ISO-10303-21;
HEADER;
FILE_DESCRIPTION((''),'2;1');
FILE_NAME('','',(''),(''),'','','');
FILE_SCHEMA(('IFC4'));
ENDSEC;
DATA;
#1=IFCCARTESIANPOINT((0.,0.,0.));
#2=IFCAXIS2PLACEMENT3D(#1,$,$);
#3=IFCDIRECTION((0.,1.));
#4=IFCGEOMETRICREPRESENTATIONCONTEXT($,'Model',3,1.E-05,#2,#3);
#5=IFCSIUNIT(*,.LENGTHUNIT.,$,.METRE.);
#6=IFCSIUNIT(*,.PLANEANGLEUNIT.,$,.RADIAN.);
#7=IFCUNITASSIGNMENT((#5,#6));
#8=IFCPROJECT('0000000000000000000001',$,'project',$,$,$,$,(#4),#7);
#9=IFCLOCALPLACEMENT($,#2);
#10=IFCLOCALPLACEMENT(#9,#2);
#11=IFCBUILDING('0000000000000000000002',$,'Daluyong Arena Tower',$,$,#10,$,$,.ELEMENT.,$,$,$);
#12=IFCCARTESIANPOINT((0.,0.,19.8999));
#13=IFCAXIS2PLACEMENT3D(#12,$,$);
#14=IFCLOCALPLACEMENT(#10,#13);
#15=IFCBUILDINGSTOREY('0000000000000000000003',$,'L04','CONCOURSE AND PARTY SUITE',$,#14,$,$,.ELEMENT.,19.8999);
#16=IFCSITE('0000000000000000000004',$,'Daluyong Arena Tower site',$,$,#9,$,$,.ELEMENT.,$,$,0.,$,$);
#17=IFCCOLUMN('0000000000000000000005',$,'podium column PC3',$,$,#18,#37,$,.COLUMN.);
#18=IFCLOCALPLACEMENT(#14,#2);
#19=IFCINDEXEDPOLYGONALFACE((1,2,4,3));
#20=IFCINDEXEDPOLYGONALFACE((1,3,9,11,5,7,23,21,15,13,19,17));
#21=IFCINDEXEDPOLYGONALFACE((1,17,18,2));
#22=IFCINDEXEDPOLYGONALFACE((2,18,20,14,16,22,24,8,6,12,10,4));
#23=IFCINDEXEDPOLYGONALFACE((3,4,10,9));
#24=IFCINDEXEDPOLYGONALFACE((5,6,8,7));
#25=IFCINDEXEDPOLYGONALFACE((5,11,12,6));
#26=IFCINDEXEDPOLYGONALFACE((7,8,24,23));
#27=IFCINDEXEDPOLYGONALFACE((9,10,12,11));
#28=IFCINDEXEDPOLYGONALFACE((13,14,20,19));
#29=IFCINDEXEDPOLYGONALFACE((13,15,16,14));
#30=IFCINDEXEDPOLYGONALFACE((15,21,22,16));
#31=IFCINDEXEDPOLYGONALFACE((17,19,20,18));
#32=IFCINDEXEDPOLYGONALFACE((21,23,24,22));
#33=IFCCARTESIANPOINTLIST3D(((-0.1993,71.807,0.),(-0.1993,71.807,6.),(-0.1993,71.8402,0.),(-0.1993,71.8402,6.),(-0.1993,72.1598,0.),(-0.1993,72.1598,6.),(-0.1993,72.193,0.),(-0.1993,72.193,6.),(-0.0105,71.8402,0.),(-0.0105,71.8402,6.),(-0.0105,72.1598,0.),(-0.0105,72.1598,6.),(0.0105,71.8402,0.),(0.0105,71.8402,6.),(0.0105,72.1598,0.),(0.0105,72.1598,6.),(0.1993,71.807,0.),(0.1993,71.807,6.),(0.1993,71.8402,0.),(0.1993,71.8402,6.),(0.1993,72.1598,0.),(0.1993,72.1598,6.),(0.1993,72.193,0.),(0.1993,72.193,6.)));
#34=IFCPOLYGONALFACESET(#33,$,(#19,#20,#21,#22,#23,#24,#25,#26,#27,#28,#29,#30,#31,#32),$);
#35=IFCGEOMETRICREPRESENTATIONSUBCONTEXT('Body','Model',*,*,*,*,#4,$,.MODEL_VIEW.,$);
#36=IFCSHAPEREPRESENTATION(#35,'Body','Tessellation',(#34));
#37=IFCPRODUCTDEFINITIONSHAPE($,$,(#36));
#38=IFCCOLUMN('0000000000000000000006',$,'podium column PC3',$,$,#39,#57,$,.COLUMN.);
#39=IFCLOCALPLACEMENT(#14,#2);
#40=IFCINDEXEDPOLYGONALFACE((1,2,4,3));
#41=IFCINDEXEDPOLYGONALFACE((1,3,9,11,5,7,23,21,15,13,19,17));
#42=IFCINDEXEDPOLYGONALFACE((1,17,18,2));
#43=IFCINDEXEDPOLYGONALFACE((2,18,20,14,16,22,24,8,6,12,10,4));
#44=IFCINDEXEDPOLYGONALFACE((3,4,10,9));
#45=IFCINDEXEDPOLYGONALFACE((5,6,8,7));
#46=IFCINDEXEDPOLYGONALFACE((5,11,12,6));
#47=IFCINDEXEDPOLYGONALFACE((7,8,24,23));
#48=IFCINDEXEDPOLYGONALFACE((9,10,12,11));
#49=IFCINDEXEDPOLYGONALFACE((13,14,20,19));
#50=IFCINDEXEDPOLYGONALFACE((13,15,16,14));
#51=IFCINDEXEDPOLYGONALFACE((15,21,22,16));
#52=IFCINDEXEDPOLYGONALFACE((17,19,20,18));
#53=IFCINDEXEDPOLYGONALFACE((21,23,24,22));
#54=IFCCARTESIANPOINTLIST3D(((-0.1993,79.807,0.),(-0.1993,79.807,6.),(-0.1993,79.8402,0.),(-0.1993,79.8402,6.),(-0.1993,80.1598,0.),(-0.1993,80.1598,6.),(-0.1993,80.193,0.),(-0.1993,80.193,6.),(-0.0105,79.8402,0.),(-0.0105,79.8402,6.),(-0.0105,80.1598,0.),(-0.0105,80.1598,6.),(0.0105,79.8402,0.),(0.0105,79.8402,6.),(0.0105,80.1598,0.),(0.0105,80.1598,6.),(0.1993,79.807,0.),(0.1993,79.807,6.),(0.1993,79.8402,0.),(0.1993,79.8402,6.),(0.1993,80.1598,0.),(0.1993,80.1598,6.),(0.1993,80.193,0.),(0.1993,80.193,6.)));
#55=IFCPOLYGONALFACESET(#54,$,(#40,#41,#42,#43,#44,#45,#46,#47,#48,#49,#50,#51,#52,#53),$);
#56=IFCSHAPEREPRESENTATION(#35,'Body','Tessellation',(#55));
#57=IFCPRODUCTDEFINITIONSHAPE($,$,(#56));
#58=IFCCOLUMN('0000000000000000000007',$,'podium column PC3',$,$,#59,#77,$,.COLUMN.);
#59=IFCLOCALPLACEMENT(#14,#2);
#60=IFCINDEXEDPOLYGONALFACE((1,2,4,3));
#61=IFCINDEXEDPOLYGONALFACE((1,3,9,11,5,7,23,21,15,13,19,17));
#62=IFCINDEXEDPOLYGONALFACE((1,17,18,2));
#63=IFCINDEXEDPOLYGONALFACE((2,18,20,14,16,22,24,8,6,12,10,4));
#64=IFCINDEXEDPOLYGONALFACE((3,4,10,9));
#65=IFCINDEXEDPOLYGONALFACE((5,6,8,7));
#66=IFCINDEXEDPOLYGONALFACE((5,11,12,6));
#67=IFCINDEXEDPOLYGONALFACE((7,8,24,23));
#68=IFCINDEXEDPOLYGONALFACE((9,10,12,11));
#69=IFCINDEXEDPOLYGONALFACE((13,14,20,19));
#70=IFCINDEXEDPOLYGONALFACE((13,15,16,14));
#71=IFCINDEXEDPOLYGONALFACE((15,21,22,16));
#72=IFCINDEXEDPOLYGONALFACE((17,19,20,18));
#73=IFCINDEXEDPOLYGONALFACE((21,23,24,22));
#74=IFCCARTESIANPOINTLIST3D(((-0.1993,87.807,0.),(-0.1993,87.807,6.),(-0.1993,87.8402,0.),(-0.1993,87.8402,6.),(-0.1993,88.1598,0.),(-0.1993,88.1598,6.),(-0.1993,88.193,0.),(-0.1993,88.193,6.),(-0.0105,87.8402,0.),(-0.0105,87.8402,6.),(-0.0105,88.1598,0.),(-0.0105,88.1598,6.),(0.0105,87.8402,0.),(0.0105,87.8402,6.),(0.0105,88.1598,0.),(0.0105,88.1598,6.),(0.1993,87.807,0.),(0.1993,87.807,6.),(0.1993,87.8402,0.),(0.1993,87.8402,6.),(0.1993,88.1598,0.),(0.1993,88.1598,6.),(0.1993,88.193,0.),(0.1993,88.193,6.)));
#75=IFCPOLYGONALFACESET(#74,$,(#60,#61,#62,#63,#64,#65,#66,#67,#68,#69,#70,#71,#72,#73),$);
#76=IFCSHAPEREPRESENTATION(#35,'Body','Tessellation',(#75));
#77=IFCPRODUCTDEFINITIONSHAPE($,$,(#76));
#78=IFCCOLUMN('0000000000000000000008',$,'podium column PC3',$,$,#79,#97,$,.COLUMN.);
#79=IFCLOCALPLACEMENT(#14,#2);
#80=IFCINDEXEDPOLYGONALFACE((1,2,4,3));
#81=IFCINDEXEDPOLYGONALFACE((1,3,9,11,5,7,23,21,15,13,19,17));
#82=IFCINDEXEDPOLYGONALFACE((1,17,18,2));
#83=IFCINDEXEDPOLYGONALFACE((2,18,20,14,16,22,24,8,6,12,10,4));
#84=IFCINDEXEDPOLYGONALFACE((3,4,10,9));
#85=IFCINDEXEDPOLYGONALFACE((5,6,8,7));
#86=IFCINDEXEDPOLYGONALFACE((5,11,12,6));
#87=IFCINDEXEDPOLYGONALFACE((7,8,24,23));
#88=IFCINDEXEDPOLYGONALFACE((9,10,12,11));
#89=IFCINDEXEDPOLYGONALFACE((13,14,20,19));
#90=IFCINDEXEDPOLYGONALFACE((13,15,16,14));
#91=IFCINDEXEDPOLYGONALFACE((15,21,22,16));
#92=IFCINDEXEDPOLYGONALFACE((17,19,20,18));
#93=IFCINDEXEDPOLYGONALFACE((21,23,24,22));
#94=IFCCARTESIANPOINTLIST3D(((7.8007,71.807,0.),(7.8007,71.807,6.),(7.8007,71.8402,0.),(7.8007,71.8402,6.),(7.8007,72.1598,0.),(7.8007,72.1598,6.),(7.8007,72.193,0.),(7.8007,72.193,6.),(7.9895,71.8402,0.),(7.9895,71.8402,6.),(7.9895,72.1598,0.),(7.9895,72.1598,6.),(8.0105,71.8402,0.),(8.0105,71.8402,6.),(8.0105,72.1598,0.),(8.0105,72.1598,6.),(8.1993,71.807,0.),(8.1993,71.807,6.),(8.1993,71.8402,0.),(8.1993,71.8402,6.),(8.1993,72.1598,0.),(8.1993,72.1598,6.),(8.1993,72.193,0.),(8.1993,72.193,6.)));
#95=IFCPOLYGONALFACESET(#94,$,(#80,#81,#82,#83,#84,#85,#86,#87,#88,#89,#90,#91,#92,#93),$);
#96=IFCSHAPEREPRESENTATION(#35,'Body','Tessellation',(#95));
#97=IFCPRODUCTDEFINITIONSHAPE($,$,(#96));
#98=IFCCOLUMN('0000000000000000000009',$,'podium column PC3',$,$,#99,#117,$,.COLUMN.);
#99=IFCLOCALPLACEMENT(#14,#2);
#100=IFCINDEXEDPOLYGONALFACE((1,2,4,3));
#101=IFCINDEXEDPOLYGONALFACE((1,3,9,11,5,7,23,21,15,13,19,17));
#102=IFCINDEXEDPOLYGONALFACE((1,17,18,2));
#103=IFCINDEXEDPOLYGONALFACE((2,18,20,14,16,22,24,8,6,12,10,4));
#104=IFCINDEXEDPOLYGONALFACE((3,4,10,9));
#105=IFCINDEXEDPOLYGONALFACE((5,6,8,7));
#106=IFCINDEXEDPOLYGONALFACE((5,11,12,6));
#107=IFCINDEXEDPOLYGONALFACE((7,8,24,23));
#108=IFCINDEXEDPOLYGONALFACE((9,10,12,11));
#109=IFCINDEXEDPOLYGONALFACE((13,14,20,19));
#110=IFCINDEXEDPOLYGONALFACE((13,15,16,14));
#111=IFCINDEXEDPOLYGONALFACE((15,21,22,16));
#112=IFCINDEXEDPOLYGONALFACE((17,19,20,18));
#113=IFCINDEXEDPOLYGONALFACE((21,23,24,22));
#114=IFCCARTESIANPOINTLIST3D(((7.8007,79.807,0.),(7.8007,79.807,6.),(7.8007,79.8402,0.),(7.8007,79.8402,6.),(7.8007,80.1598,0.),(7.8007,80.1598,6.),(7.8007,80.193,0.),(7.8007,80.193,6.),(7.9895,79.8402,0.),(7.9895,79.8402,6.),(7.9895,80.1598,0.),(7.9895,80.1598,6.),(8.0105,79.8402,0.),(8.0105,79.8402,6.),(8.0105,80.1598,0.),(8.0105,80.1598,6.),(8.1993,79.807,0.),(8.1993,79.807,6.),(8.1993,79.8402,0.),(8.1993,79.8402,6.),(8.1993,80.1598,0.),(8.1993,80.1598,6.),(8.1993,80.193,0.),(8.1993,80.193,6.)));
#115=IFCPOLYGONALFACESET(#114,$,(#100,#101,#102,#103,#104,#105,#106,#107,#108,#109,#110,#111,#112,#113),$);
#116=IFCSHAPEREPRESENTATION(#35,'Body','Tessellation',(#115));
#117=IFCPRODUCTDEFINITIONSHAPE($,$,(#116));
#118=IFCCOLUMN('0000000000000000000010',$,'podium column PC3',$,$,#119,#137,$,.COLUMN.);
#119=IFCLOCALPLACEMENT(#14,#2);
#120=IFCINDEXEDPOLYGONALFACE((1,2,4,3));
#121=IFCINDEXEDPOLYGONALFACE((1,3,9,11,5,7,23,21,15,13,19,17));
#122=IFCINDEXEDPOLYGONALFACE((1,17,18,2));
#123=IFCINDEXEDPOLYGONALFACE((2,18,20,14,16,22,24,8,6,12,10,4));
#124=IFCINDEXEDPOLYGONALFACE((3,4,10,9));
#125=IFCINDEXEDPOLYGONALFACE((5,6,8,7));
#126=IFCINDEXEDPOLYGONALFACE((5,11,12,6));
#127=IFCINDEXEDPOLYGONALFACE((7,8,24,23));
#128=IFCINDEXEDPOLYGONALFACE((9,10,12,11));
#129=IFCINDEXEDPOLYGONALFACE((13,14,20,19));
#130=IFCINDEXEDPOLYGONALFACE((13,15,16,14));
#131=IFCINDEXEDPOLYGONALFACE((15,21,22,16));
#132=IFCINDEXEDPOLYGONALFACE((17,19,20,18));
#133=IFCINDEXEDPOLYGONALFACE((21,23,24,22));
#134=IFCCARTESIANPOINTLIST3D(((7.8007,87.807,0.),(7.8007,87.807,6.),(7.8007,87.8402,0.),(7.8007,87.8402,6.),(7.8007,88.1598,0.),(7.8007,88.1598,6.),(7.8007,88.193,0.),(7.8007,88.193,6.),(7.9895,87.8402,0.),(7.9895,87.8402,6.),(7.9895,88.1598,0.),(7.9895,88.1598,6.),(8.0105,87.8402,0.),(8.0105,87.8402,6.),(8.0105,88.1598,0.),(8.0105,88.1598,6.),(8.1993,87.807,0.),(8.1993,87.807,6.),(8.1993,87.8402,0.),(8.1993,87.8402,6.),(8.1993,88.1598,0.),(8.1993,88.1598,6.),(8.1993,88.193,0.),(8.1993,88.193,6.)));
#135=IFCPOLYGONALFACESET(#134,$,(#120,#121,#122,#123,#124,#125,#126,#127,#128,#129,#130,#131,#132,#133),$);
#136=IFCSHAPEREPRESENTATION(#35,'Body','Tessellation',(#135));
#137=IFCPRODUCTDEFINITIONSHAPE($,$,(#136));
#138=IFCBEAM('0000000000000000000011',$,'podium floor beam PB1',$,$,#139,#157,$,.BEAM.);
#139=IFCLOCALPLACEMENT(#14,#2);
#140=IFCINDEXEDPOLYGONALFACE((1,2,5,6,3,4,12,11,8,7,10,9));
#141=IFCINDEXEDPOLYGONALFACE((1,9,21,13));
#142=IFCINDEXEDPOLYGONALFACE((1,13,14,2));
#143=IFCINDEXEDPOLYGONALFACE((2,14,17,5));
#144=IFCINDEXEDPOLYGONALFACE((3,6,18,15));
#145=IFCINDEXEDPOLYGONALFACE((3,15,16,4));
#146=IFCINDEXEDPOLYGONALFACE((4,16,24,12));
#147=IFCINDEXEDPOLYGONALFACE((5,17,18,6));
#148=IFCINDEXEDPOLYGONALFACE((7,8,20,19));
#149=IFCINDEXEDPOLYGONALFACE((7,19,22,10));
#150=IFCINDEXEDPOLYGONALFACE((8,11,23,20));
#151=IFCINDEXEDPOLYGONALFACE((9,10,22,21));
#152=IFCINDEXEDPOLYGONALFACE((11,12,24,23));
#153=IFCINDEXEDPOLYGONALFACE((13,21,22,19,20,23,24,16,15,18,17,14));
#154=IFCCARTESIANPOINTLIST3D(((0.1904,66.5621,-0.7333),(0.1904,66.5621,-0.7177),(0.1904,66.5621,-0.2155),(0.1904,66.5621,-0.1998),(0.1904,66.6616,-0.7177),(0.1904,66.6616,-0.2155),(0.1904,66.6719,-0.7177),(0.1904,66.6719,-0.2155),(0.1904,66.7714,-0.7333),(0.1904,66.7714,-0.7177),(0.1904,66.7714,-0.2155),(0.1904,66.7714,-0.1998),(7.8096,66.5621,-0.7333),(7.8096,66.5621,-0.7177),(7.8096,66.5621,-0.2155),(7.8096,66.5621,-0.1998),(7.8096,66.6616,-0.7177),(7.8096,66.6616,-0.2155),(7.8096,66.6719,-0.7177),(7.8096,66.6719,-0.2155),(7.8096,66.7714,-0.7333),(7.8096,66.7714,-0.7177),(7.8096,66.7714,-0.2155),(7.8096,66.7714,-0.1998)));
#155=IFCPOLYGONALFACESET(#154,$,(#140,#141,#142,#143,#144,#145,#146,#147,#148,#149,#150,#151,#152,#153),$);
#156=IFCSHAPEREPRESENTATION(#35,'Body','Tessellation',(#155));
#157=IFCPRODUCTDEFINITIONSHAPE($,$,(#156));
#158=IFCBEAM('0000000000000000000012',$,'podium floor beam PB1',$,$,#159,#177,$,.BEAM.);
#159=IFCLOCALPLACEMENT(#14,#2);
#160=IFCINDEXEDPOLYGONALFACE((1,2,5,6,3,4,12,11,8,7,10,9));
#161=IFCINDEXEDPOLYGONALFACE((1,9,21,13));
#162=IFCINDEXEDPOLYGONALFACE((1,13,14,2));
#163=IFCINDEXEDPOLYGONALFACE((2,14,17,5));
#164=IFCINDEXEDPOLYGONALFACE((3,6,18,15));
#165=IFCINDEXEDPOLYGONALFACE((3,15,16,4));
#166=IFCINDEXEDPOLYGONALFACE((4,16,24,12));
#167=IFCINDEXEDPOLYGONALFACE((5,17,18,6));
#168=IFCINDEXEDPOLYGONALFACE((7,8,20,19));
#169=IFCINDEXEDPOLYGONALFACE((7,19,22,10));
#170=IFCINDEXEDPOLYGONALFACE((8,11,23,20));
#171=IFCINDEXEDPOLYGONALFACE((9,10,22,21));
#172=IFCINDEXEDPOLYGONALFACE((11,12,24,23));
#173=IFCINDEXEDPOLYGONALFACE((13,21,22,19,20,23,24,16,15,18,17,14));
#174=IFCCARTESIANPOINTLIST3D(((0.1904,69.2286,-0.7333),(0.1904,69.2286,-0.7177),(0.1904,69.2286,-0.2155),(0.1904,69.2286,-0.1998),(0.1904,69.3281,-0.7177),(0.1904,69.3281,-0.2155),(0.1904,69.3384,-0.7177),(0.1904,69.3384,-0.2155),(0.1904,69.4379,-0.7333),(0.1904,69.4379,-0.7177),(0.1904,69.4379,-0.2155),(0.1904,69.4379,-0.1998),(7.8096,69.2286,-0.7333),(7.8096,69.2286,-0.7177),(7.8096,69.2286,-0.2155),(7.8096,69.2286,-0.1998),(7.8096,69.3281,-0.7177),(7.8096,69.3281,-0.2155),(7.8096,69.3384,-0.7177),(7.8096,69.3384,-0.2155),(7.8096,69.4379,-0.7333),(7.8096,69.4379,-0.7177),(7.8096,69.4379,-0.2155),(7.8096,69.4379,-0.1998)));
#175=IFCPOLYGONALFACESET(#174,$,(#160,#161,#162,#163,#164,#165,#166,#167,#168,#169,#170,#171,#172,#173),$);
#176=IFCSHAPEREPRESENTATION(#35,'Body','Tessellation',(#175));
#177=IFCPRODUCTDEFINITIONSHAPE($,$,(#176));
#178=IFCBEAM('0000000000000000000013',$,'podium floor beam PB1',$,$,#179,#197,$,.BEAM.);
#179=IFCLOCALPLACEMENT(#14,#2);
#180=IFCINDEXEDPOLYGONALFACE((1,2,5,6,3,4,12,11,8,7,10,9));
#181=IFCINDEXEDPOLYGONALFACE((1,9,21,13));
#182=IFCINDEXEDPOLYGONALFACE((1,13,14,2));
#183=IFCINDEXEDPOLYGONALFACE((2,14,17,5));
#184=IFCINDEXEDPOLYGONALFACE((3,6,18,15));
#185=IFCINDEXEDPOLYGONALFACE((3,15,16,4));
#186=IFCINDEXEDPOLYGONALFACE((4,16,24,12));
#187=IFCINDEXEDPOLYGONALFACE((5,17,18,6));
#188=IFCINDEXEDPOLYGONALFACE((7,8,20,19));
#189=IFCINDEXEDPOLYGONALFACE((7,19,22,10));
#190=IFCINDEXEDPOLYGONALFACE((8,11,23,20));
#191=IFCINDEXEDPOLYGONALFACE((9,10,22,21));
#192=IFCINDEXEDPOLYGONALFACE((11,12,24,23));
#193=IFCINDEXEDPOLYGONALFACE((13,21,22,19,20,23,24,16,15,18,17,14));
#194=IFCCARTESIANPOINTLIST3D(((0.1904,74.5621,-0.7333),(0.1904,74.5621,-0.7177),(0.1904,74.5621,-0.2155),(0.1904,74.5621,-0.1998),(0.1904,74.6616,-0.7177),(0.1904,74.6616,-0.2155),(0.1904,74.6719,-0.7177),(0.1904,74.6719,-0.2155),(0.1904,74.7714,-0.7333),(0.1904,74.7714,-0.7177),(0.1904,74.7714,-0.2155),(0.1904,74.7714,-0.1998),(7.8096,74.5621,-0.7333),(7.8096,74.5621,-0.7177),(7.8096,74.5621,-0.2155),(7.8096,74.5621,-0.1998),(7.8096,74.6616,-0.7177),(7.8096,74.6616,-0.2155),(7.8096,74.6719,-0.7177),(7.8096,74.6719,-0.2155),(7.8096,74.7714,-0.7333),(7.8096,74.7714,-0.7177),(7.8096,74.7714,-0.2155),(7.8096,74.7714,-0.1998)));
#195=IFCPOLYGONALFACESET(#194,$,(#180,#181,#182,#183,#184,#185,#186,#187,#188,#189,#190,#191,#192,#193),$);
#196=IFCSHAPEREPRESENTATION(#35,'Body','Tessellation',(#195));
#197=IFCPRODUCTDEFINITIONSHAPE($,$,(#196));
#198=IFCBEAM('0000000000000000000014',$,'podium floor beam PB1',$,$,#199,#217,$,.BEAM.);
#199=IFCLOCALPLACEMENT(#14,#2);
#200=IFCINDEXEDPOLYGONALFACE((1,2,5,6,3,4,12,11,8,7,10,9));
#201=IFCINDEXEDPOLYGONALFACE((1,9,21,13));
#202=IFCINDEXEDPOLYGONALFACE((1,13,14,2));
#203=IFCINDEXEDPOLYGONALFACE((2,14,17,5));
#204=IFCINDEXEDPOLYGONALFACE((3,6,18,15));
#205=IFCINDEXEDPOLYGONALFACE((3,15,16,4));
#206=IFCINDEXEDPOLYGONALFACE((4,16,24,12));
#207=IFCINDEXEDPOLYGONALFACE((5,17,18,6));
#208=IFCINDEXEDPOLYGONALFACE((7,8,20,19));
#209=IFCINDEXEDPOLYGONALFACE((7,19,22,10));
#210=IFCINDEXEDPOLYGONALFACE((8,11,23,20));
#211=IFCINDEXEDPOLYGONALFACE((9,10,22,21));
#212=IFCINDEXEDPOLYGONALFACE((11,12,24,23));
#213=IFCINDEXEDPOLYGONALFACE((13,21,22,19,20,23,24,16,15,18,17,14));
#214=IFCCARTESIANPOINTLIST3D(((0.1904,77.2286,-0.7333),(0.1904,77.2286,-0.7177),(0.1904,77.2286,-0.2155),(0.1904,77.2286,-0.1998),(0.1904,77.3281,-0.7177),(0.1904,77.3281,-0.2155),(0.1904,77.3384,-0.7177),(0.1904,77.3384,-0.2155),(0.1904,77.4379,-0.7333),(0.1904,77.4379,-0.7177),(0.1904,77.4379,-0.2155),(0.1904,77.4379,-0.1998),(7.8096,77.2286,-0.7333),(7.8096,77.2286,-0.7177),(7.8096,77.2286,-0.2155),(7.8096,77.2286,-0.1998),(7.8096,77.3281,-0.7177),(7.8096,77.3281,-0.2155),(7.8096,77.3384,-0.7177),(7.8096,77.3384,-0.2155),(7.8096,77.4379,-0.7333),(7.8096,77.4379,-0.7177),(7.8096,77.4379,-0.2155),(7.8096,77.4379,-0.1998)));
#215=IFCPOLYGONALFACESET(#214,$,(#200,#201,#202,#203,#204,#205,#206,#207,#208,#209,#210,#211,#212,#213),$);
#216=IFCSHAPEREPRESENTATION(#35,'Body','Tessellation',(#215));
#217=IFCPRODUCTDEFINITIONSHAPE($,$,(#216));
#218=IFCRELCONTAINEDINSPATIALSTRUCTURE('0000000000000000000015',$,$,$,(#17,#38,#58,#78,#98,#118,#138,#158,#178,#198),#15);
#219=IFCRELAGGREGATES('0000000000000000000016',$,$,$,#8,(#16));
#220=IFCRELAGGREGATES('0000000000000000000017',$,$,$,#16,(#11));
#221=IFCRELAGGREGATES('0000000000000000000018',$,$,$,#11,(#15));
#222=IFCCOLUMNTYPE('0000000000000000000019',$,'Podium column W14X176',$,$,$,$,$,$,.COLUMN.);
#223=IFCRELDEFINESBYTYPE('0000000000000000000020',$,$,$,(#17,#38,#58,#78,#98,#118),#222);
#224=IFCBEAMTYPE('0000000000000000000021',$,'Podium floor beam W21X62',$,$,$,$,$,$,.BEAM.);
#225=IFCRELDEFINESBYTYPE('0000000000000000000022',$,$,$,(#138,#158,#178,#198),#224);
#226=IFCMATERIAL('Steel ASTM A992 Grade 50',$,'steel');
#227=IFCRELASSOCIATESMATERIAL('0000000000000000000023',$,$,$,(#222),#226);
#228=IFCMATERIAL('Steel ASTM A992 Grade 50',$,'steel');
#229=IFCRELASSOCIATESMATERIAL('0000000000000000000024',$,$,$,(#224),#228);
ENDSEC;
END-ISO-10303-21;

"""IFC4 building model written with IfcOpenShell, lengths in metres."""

from ifc_helpers import new_model, si_unit, direction, frame, origin, origin_2d, place, context, subcontext, project, spatial, i_section, extrude, material, material_profile, profile_set, type_object, element, save


model = new_model("IFC4")

# Units and contexts
model_context = context("Model", 3, precision=1e-05, world=origin(), true_north=direction((0.0, 1.0)))
body_context = subcontext(model_context, "Body", "Model", "MODEL_VIEW")
ifc_project = project(units=[si_unit("LENGTHUNIT", "METRE"), si_unit("PLANEANGLEUNIT", "RADIAN")], contexts=[model_context])

# Site, building, storey
site_placement = place(None, origin())
site = spatial("IfcSite", under=ifc_project, at=site_placement, Name="Daluyong Arena Tower site", CompositionType="ELEMENT", RefElevation=0.0)
building_placement = place(site_placement, origin())
building = spatial("IfcBuilding", under=site, at=building_placement, Name="Daluyong Arena Tower", CompositionType="ELEMENT")
storey_placement = place(building_placement, frame((0.0, 0.0, 19.8999)))
storey = spatial("IfcBuildingStorey", under=building, at=storey_placement, Name="L04", Description="CONCOURSE AND PARTY SUITE", CompositionType="ELEMENT", Elevation=19.8999)

# Columns
ifc_material_1 = material(Name="Steel ASTM A992 Grade 50", Category="steel")
ifc_material_profile_1 = material_profile(ifc_material_1, i_section(OverallWidth=0.3987, OverallDepth=0.386, WebThickness=0.021, FlangeThickness=0.0332, at=origin_2d()))
ifc_profile_set_1 = profile_set([ifc_material_profile_1], Name="Steel ASTM A992 Grade 50")
column_type = type_object("IfcColumnType", Name="Podium column W14X176", PredefinedType="COLUMN", material=ifc_profile_set_1)
for number, where, z_axis, x_axis, name in (
    (1, (0.0, 72.0, 0.0), (0.0, 0.0, 1.0), (1.0, 0.0, 0.0), "podium column PC3"),
    (2, (0.0, 80.0, 0.0), (0.0, 0.0, 1.0), (1.0, 0.0, 0.0), "podium column PC3"),
    (3, (0.0, 88.0, 0.0), (0.0, 0.0, 1.0), (1.0, 0.0, 0.0), "podium column PC3"),
    (4, (8.0, 72.0, 0.0), (0.0, 0.0, 1.0), (1.0, 0.0, 0.0), "podium column PC3"),
    (5, (8.0, 80.0, 0.0), (0.0, 0.0, 1.0), (1.0, 0.0, 0.0), "podium column PC3"),
    (6, (8.0, 88.0, 0.0), (0.0, 0.0, 1.0), (1.0, 0.0, 0.0), "podium column PC3"),
):
    element("IfcColumn", number, at=place(storey_placement, frame(where, z_axis=z_axis, x_axis=x_axis)), inside=storey, type_object=column_type, Name=name, PredefinedType="COLUMN", context=body_context, shape_type="SweptSolid", body=[
        extrude(i_section(OverallWidth=0.3987, OverallDepth=0.386, WebThickness=0.021, FlangeThickness=0.0332, at=origin_2d()), origin(), (0.0, 0.0, 1.0), 6.0),
    ])

# Beams
ifc_material_2 = material(Name="Steel ASTM A992 Grade 50", Category="steel")
ifc_material_profile_2 = material_profile(ifc_material_2, i_section(OverallWidth=0.2092, OverallDepth=0.5334, WebThickness=0.0103, FlangeThickness=0.0156, at=origin_2d()))
ifc_profile_set_2 = profile_set([ifc_material_profile_2], Name="Steel ASTM A992 Grade 50")
beam_type_1 = type_object("IfcBeamType", Name="Podium floor beam W21X62", PredefinedType="BEAM", material=ifc_profile_set_2)
for number, where, z_axis, x_axis, name in (
    (7, (0.1904, 66.6667, -0.4666), (1.0, 0.0, 0.0), (0.0, 1.0, 0.0), "podium floor beam PB1"),
    (8, (0.1904, 69.3333, -0.4666), (1.0, 0.0, 0.0), (0.0, 1.0, 0.0), "podium floor beam PB1"),
    (9, (0.1904, 74.6667, -0.4666), (1.0, 0.0, 0.0), (0.0, 1.0, 0.0), "podium floor beam PB1"),
    (10, (0.1904, 77.3333, -0.4666), (1.0, 0.0, 0.0), (0.0, 1.0, 0.0), "podium floor beam PB1"),
):
    element("IfcBeam", number, at=place(storey_placement, frame(where, z_axis=z_axis, x_axis=x_axis)), inside=storey, type_object=beam_type_1, Name=name, PredefinedType="BEAM", context=body_context, shape_type="SweptSolid", body=[
        extrude(i_section(OverallWidth=0.2092, OverallDepth=0.5334, WebThickness=0.0103, FlangeThickness=0.0156, at=origin_2d()), origin(), (0.0, 0.0, 1.0), 7.6191),
    ])

save(model, "model.ifc")
